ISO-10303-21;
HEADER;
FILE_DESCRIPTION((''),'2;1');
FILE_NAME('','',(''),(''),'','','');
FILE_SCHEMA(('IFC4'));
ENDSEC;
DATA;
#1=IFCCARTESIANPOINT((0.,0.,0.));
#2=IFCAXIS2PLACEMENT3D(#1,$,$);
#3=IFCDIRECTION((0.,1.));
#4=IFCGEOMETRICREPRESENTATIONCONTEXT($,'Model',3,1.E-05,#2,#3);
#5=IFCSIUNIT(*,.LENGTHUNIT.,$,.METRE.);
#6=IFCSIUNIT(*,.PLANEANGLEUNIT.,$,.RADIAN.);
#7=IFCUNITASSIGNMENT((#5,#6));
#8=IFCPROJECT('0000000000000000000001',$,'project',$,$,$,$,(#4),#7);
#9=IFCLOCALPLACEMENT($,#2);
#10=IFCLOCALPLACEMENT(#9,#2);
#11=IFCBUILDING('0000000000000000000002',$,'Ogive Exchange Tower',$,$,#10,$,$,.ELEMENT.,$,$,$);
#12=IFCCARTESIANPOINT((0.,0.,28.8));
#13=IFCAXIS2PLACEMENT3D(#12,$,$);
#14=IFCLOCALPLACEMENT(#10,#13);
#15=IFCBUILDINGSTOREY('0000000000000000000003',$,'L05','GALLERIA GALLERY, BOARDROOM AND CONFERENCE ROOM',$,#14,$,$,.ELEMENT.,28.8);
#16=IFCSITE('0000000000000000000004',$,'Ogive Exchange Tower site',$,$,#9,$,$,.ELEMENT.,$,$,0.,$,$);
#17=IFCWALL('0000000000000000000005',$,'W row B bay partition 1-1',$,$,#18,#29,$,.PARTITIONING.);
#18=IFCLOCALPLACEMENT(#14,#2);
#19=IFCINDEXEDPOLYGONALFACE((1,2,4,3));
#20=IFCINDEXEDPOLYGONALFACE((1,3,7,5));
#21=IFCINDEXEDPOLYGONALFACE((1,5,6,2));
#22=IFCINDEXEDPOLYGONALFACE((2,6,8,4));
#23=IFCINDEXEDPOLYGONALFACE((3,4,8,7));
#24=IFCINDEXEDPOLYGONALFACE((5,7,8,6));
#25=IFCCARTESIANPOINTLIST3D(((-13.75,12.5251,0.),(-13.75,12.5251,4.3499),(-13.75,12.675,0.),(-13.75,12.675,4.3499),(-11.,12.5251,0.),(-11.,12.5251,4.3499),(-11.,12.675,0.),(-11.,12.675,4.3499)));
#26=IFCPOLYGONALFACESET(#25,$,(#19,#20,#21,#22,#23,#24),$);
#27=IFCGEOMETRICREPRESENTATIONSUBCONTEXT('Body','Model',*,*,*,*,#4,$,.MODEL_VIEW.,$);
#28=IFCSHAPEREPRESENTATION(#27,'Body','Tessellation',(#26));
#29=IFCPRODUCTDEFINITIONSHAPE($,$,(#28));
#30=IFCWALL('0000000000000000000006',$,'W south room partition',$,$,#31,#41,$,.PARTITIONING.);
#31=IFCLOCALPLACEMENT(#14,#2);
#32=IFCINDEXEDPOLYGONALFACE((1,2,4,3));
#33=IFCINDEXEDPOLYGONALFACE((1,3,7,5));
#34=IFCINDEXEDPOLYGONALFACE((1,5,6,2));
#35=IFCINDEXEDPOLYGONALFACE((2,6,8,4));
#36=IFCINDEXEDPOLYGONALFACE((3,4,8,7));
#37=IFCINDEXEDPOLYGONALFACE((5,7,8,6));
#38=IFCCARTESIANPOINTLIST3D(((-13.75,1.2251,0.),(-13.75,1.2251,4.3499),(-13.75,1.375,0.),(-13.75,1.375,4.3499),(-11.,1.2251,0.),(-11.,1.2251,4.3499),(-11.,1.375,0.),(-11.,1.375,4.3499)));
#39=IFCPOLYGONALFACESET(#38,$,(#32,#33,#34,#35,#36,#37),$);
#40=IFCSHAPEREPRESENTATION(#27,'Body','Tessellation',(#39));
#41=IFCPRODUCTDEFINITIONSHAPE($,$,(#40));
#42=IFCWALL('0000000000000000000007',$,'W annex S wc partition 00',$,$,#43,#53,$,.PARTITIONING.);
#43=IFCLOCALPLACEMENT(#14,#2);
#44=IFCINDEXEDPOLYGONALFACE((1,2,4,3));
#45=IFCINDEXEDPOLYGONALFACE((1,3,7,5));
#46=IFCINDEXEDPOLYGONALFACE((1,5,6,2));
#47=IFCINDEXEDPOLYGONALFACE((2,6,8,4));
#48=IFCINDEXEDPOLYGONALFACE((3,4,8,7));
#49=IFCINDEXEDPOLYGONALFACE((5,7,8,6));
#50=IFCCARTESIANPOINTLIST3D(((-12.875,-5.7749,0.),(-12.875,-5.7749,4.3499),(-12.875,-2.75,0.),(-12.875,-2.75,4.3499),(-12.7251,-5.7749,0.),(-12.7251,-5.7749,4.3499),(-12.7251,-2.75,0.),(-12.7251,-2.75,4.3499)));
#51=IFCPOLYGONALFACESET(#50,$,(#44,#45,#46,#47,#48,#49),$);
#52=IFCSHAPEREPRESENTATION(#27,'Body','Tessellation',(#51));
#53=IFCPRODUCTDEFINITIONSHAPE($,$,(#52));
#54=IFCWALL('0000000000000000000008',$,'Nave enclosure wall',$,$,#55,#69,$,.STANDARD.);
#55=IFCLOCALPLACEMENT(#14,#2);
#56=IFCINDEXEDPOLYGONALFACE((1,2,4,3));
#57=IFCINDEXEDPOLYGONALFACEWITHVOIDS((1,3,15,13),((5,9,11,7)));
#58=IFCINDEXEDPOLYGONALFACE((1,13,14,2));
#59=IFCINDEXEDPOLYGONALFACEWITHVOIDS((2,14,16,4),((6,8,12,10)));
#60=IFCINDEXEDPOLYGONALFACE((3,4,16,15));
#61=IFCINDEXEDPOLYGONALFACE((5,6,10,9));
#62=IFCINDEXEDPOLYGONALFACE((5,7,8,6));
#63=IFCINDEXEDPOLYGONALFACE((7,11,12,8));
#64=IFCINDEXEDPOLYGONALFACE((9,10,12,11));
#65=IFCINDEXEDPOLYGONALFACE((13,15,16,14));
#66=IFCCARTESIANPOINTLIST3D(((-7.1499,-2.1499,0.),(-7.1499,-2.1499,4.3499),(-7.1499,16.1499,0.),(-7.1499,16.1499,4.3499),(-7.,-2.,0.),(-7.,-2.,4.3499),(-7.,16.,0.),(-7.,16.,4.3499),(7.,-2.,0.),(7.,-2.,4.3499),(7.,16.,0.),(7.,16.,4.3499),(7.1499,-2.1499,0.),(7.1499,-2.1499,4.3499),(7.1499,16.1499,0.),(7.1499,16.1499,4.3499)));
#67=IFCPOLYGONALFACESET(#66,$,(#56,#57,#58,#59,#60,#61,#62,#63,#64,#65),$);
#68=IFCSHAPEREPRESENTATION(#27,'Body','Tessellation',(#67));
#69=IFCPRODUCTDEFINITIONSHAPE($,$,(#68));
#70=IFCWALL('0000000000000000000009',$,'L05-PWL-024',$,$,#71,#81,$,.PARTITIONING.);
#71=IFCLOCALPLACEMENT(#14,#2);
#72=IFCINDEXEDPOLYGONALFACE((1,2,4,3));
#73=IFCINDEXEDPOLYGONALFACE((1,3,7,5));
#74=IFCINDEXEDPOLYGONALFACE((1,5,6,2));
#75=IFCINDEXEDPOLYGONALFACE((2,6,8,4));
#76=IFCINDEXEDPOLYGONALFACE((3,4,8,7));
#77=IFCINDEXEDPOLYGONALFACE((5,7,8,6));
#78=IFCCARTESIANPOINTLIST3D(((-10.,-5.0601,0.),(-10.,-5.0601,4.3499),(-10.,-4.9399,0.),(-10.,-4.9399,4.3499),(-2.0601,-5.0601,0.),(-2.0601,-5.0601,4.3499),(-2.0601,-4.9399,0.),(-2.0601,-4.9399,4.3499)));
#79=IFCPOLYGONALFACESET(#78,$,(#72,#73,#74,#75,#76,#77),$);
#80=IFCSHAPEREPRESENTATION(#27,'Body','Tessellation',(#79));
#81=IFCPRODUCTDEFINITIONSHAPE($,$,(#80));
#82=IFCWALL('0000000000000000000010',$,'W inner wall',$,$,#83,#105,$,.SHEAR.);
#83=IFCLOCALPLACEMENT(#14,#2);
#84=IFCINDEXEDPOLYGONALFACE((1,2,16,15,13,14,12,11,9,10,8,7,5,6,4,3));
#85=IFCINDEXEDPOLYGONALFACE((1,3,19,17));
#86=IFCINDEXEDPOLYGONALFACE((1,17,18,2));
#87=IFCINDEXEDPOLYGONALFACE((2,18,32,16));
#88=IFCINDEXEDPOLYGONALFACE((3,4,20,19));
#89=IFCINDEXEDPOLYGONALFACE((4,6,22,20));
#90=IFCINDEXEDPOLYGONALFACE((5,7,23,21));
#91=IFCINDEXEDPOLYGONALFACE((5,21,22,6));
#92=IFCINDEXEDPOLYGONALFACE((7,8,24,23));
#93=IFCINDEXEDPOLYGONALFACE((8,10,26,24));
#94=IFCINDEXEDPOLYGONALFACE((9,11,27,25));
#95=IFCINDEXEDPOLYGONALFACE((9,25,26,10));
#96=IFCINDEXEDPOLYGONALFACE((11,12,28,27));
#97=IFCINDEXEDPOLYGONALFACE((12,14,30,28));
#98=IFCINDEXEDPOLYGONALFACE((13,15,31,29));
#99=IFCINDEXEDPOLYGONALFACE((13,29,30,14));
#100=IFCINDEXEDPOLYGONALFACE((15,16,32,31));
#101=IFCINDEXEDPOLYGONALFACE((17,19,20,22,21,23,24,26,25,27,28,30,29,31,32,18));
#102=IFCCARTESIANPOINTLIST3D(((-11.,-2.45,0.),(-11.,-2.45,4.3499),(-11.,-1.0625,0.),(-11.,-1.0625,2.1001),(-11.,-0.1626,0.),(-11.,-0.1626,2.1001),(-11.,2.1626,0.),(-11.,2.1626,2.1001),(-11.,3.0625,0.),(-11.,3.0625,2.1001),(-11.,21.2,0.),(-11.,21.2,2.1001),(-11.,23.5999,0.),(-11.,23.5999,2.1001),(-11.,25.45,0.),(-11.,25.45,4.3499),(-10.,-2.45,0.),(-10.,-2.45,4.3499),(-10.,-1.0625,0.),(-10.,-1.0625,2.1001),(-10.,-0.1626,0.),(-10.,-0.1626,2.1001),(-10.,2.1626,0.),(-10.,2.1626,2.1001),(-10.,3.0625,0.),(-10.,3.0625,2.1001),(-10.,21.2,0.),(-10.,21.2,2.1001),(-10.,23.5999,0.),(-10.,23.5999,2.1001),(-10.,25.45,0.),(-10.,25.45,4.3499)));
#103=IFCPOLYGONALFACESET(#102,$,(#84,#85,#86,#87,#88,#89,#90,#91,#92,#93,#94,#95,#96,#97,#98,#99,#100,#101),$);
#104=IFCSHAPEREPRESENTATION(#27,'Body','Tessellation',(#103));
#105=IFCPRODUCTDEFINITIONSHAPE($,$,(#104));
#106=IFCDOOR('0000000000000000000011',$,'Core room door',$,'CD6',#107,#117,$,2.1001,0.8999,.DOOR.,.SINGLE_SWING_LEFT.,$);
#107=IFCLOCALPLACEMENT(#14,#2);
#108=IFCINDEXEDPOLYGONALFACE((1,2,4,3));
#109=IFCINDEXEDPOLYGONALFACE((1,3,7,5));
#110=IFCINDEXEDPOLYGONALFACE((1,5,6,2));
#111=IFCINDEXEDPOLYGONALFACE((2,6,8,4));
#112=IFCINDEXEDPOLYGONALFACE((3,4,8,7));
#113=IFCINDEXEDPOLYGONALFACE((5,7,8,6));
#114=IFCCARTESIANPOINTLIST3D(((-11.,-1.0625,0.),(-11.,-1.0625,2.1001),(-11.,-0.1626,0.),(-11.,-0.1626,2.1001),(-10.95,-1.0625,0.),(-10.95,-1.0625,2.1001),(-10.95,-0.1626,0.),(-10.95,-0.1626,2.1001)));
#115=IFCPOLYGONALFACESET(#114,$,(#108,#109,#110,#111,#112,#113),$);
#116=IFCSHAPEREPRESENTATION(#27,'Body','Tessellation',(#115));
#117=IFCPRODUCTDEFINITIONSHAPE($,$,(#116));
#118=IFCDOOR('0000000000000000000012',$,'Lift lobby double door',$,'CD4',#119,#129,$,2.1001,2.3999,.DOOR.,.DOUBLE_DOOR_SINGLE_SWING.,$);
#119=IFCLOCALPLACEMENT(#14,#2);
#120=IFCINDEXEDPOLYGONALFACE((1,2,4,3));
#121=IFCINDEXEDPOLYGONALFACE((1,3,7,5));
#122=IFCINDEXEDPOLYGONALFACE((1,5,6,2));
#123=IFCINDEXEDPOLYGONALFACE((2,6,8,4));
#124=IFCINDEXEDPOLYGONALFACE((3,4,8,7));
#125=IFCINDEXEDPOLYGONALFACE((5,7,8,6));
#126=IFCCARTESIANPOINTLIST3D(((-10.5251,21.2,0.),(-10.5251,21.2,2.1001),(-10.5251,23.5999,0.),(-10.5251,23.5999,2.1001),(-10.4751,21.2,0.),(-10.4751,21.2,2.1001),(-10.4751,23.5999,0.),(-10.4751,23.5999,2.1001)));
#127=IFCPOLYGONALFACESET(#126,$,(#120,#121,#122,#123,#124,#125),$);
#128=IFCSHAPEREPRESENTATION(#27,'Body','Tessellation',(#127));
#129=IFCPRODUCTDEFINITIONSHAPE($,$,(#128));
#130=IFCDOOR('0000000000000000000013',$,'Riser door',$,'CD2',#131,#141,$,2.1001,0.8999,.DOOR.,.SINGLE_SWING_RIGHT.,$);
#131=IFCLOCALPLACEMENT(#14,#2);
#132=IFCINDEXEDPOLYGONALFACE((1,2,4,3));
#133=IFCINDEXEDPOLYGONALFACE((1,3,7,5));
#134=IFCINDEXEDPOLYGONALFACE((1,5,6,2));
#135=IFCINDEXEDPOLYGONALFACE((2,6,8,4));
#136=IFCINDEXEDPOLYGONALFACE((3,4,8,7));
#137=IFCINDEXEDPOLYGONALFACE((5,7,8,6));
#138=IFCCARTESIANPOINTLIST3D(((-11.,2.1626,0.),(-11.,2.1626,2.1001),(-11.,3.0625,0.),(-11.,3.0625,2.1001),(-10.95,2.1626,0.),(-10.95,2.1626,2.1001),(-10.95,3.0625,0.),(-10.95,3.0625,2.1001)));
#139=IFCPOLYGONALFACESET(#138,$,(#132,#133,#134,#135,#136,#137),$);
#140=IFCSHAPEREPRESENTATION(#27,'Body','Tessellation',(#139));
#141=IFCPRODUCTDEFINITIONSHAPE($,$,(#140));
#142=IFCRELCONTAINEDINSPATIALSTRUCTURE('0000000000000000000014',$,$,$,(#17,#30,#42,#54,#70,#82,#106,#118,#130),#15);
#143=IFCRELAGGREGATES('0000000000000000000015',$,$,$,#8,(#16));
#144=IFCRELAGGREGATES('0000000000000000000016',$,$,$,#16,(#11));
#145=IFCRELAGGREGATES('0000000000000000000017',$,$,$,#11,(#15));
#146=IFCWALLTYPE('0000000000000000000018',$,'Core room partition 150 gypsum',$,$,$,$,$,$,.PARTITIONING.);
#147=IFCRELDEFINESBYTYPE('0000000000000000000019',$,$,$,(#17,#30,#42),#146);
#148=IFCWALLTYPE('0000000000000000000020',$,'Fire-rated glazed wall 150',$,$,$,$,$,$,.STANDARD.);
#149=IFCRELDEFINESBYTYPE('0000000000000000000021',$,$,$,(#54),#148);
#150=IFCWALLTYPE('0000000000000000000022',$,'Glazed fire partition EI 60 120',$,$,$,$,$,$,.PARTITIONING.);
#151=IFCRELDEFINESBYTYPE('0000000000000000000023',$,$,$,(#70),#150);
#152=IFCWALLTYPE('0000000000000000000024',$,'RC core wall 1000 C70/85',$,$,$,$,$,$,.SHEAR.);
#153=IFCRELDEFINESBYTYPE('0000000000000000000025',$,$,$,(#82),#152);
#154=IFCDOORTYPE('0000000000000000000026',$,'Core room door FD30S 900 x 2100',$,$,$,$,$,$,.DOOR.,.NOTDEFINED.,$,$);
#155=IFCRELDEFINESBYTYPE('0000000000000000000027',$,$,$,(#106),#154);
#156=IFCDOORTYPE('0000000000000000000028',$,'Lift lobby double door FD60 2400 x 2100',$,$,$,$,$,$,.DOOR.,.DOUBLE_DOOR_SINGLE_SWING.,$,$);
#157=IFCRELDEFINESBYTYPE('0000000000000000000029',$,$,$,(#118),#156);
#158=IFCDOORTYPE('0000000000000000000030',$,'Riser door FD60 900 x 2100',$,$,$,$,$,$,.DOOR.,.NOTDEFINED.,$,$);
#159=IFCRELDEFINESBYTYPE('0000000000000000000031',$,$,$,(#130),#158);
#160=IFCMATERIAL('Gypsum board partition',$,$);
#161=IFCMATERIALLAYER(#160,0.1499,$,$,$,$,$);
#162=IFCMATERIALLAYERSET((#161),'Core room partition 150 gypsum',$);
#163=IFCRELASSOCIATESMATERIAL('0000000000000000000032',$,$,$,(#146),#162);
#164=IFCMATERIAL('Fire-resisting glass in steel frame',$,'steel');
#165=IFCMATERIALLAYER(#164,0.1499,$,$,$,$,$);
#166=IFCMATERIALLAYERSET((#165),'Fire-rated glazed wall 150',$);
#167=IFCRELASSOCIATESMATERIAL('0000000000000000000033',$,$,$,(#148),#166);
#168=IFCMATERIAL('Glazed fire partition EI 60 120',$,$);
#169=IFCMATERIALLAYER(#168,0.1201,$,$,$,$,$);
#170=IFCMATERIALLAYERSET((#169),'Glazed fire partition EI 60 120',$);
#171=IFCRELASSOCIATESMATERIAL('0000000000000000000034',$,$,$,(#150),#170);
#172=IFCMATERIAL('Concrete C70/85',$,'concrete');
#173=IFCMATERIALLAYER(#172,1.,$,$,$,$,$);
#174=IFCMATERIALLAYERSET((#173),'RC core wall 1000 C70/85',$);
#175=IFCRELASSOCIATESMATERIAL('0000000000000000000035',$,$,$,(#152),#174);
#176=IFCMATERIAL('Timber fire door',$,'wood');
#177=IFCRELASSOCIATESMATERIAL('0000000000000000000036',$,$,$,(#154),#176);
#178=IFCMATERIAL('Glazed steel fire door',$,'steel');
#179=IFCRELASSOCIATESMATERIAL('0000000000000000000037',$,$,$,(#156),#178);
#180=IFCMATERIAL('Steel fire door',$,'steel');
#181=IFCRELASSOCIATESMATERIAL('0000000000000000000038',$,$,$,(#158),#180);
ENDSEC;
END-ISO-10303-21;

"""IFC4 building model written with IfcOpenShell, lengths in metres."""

from ifc_helpers import new_model, si_unit, direction, frame, frame_2d, origin, place, context, subcontext, project, spatial, polyline, rectangle, outline, extrude, material, layer, layer_set, type_object, element, fill, save


model = new_model("IFC4")

# Units and contexts
model_context = context("Model", 3, precision=1e-05, world=origin(), true_north=direction((0.0, 1.0)))
body_context = subcontext(model_context, "Body", "Model", "MODEL_VIEW")
ifc_project = project(units=[si_unit("LENGTHUNIT", "METRE"), si_unit("PLANEANGLEUNIT", "RADIAN")], contexts=[model_context])

# Site, building, storey
site_placement = place(None, origin())
site = spatial("IfcSite", under=ifc_project, at=site_placement, Name="Ogive Exchange Tower site", CompositionType="ELEMENT", RefElevation=0.0)
building_placement = place(site_placement, origin())
building = spatial("IfcBuilding", under=site, at=building_placement, Name="Ogive Exchange Tower", CompositionType="ELEMENT")
storey_placement = place(building_placement, frame((0.0, 0.0, 28.8)))
storey = spatial("IfcBuildingStorey", under=building, at=storey_placement, Name="L05", Description="GALLERIA GALLERY, BOARDROOM AND CONFERENCE ROOM", CompositionType="ELEMENT", Elevation=28.8)

# Walls
ifc_material_1 = material(Name="Gypsum board partition")
ifc_layer_1 = layer(ifc_material_1, 0.1499)
ifc_layer_set_1 = layer_set([ifc_layer_1], Name="Core room partition 150 gypsum")
wall_type_1 = type_object("IfcWallType", Name="Core room partition 150 gypsum", PredefinedType="PARTITIONING", material=ifc_layer_set_1)
for number, where, z_axis, x_axis, name in (
    (1, (-13.75, 12.6001, 0.0), (0.0, 0.0, 1.0), (1.0, 0.0, 0.0), "W row B bay partition 1-1"),
    (2, (-13.75, 1.3, 0.0), (0.0, 0.0, 1.0), (1.0, 0.0, 0.0), "W south room partition"),
):
    element("IfcWall", number, at=place(storey_placement, frame(where, z_axis=z_axis, x_axis=x_axis)), inside=storey, type_object=wall_type_1, Name=name, PredefinedType="PARTITIONING", context=body_context, shape_type="SweptSolid", body=[
        extrude(rectangle(XDim=2.75, YDim=0.1499, at=frame_2d((1.375, 0.0))), origin(), (0.0, 0.0, 1.0), 4.3499),
    ])
wall_1_placement = place(storey_placement, frame((-12.8, -5.7749, 0.0), z_axis=(0.0, 0.0, 1.0), x_axis=(0.0, 1.0, 0.0)))
element("IfcWall", 3, at=wall_1_placement, inside=storey, type_object=wall_type_1, Name="W annex S wc partition 00", PredefinedType="PARTITIONING", context=body_context, shape_type="SweptSolid", body=[
    extrude(rectangle(XDim=3.0249, YDim=0.1499, at=frame_2d((1.5125, 0.0))), origin(), (0.0, 0.0, 1.0), 4.3499),
])
ifc_material_2 = material(Name="Fire-resisting glass in steel frame", Category="steel")
ifc_layer_2 = layer(ifc_material_2, 0.1499)
ifc_layer_set_2 = layer_set([ifc_layer_2], Name="Fire-rated glazed wall 150")
wall_type_2 = type_object("IfcWallType", Name="Fire-rated glazed wall 150", PredefinedType="STANDARD", material=ifc_layer_set_2)
wall_2_placement = place(storey_placement, origin())
element("IfcWall", 4, at=wall_2_placement, inside=storey, type_object=wall_type_2, Name="Nave enclosure wall", PredefinedType="STANDARD", context=body_context, shape_type="SweptSolid", body=[
    extrude(outline(polyline([(-7.1499, -2.1499), (7.1499, -2.1499), (7.1499, 16.1499), (-7.1499, 16.1499), (-7.1499, -2.1499)]), holes=[polyline([(-7.0, -2.0), (-7.0, 16.0), (7.0, 16.0), (7.0, -2.0), (-7.0, -2.0)])]), origin(), (0.0, 0.0, 1.0), 4.3499),
])
ifc_material_3 = material(Name="Glazed fire partition EI 60 120")
ifc_layer_3 = layer(ifc_material_3, 0.1201)
ifc_layer_set_3 = layer_set([ifc_layer_3], Name="Glazed fire partition EI 60 120")
wall_type_3 = type_object("IfcWallType", Name="Glazed fire partition EI 60 120", PredefinedType="PARTITIONING", material=ifc_layer_set_3)
wall_3_placement = place(storey_placement, frame((-10.0, -5.0, 0.0), z_axis=(0.0, 0.0, 1.0), x_axis=(1.0, 0.0, 0.0)))
element("IfcWall", 5, at=wall_3_placement, inside=storey, type_object=wall_type_3, Name="L05-PWL-024", PredefinedType="PARTITIONING", context=body_context, shape_type="SweptSolid", body=[
    extrude(rectangle(XDim=7.9399, YDim=0.1201, at=frame_2d((3.97, 0.0))), origin(), (0.0, 0.0, 1.0), 4.3499),
])

# Wall, openings, doors
ifc_material_4 = material(Name="Concrete C70/85", Category="concrete")
ifc_layer_4 = layer(ifc_material_4, 1.0)
ifc_layer_set_4 = layer_set([ifc_layer_4], Name="RC core wall 1000 C70/85")
wall_type_4 = type_object("IfcWallType", Name="RC core wall 1000 C70/85", PredefinedType="SHEAR", material=ifc_layer_set_4)
wall_4_placement = place(storey_placement, frame((-10.5, -2.45, 0.0), z_axis=(0.0, 0.0, 1.0), x_axis=(0.0, 1.0, 0.0)))
wall_4 = element("IfcWall", 6, at=wall_4_placement, inside=storey, type_object=wall_type_4, Name="W inner wall", PredefinedType="SHEAR", context=body_context, shape_type="SweptSolid", body=[
    extrude(rectangle(XDim=27.8999, YDim=1.0, at=frame_2d((13.95, 0.0))), origin(), (0.0, 0.0, 1.0), 4.3499),
])
opening_1_placement = place(wall_4_placement, frame((23.6499, 0.0, 0.0)))
opening_1 = element("IfcOpeningElement", 7, at=opening_1_placement, cuts=wall_4, PredefinedType="OPENING", context=body_context, shape_type="SweptSolid", body=[
    extrude(rectangle(XDim=2.3999, YDim=2.1001, at=frame_2d((1.2, 1.05))), frame((0.0, 0.51, 0.0), z_axis=(0.0, -1.0, 0.0), x_axis=(1.0, 0.0, 0.0)), (0.0, 0.0, 1.0), 1.02),
])
opening_2_placement = place(wall_4_placement, frame((1.3875, 0.0, 0.0)))
opening_2 = element("IfcOpeningElement", 8, at=opening_2_placement, cuts=wall_4, PredefinedType="OPENING", context=body_context, shape_type="SweptSolid", body=[
    extrude(rectangle(XDim=0.8999, YDim=2.1001, at=frame_2d((0.45, 1.05))), frame((0.0, 0.51, 0.0), z_axis=(0.0, -1.0, 0.0), x_axis=(1.0, 0.0, 0.0)), (0.0, 0.0, 1.0), 1.02),
])
opening_3_placement = place(wall_4_placement, frame((4.6125, 0.0, 0.0)))
opening_3 = element("IfcOpeningElement", 9, at=opening_3_placement, cuts=wall_4, PredefinedType="OPENING", context=body_context, shape_type="SweptSolid", body=[
    extrude(rectangle(XDim=0.8999, YDim=2.1001, at=frame_2d((0.45, 1.05))), frame((0.0, 0.51, 0.0), z_axis=(0.0, -1.0, 0.0), x_axis=(1.0, 0.0, 0.0)), (0.0, 0.0, 1.0), 1.02),
])
ifc_material_5 = material(Name="Timber fire door", Category="wood")
door_type_1 = type_object("IfcDoorType", Name="Core room door FD30S 900 x 2100", OperationType="NOTDEFINED", PredefinedType="DOOR", material=ifc_material_5)
door_1_placement = place(opening_2_placement, origin())
door_1 = element("IfcDoor", 10, at=door_1_placement, inside=storey, type_object=door_type_1, Name="Core room door", ObjectType="CD6", OperationType="SINGLE_SWING_LEFT", OverallHeight=2.1001, OverallWidth=0.8999, PredefinedType="DOOR", context=body_context, shape_type="SweptSolid", body=[
    extrude(rectangle(XDim=0.8999, YDim=2.1001, at=frame_2d((0.45, 1.05))), frame((0.0, 0.5, 0.0), z_axis=(0.0, -1.0, 0.0), x_axis=(1.0, 0.0, 0.0)), (0.0, 0.0, 1.0), 0.05),
])
fill(opening_2, door_1)
ifc_material_6 = material(Name="Glazed steel fire door", Category="steel")
door_type_2 = type_object("IfcDoorType", Name="Lift lobby double door FD60 2400 x 2100", OperationType="DOUBLE_DOOR_SINGLE_SWING", PredefinedType="DOOR", material=ifc_material_6)
door_2_placement = place(opening_1_placement, frame((2.3999, 0.0, 0.0), z_axis=(0.0, 0.0, 1.0), x_axis=(-1.0, 0.0, 0.0)))
door_2 = element("IfcDoor", 11, at=door_2_placement, inside=storey, type_object=door_type_2, Name="Lift lobby double door", ObjectType="CD4", OperationType="DOUBLE_DOOR_SINGLE_SWING", OverallHeight=2.1001, OverallWidth=2.3999, PredefinedType="DOOR", context=body_context, shape_type="SweptSolid", body=[
    extrude(rectangle(XDim=2.3999, YDim=2.1001, at=frame_2d((1.2, 1.05))), frame((0.0, 0.0249, 0.0), z_axis=(0.0, -1.0, 0.0), x_axis=(1.0, 0.0, 0.0)), (0.0, 0.0, 1.0), 0.05),
])
fill(opening_1, door_2)
ifc_material_7 = material(Name="Steel fire door", Category="steel")
door_type_3 = type_object("IfcDoorType", Name="Riser door FD60 900 x 2100", OperationType="NOTDEFINED", PredefinedType="DOOR", material=ifc_material_7)
door_3_placement = place(opening_3_placement, origin())
door_3 = element("IfcDoor", 12, at=door_3_placement, inside=storey, type_object=door_type_3, Name="Riser door", ObjectType="CD2", OperationType="SINGLE_SWING_RIGHT", OverallHeight=2.1001, OverallWidth=0.8999, PredefinedType="DOOR", context=body_context, shape_type="SweptSolid", body=[
    extrude(rectangle(XDim=0.8999, YDim=2.1001, at=frame_2d((0.45, 1.05))), frame((0.0, 0.5, 0.0), z_axis=(0.0, -1.0, 0.0), x_axis=(1.0, 0.0, 0.0)), (0.0, 0.0, 1.0), 0.05),
])
fill(opening_3, door_3)

save(model, "model.ifc")
